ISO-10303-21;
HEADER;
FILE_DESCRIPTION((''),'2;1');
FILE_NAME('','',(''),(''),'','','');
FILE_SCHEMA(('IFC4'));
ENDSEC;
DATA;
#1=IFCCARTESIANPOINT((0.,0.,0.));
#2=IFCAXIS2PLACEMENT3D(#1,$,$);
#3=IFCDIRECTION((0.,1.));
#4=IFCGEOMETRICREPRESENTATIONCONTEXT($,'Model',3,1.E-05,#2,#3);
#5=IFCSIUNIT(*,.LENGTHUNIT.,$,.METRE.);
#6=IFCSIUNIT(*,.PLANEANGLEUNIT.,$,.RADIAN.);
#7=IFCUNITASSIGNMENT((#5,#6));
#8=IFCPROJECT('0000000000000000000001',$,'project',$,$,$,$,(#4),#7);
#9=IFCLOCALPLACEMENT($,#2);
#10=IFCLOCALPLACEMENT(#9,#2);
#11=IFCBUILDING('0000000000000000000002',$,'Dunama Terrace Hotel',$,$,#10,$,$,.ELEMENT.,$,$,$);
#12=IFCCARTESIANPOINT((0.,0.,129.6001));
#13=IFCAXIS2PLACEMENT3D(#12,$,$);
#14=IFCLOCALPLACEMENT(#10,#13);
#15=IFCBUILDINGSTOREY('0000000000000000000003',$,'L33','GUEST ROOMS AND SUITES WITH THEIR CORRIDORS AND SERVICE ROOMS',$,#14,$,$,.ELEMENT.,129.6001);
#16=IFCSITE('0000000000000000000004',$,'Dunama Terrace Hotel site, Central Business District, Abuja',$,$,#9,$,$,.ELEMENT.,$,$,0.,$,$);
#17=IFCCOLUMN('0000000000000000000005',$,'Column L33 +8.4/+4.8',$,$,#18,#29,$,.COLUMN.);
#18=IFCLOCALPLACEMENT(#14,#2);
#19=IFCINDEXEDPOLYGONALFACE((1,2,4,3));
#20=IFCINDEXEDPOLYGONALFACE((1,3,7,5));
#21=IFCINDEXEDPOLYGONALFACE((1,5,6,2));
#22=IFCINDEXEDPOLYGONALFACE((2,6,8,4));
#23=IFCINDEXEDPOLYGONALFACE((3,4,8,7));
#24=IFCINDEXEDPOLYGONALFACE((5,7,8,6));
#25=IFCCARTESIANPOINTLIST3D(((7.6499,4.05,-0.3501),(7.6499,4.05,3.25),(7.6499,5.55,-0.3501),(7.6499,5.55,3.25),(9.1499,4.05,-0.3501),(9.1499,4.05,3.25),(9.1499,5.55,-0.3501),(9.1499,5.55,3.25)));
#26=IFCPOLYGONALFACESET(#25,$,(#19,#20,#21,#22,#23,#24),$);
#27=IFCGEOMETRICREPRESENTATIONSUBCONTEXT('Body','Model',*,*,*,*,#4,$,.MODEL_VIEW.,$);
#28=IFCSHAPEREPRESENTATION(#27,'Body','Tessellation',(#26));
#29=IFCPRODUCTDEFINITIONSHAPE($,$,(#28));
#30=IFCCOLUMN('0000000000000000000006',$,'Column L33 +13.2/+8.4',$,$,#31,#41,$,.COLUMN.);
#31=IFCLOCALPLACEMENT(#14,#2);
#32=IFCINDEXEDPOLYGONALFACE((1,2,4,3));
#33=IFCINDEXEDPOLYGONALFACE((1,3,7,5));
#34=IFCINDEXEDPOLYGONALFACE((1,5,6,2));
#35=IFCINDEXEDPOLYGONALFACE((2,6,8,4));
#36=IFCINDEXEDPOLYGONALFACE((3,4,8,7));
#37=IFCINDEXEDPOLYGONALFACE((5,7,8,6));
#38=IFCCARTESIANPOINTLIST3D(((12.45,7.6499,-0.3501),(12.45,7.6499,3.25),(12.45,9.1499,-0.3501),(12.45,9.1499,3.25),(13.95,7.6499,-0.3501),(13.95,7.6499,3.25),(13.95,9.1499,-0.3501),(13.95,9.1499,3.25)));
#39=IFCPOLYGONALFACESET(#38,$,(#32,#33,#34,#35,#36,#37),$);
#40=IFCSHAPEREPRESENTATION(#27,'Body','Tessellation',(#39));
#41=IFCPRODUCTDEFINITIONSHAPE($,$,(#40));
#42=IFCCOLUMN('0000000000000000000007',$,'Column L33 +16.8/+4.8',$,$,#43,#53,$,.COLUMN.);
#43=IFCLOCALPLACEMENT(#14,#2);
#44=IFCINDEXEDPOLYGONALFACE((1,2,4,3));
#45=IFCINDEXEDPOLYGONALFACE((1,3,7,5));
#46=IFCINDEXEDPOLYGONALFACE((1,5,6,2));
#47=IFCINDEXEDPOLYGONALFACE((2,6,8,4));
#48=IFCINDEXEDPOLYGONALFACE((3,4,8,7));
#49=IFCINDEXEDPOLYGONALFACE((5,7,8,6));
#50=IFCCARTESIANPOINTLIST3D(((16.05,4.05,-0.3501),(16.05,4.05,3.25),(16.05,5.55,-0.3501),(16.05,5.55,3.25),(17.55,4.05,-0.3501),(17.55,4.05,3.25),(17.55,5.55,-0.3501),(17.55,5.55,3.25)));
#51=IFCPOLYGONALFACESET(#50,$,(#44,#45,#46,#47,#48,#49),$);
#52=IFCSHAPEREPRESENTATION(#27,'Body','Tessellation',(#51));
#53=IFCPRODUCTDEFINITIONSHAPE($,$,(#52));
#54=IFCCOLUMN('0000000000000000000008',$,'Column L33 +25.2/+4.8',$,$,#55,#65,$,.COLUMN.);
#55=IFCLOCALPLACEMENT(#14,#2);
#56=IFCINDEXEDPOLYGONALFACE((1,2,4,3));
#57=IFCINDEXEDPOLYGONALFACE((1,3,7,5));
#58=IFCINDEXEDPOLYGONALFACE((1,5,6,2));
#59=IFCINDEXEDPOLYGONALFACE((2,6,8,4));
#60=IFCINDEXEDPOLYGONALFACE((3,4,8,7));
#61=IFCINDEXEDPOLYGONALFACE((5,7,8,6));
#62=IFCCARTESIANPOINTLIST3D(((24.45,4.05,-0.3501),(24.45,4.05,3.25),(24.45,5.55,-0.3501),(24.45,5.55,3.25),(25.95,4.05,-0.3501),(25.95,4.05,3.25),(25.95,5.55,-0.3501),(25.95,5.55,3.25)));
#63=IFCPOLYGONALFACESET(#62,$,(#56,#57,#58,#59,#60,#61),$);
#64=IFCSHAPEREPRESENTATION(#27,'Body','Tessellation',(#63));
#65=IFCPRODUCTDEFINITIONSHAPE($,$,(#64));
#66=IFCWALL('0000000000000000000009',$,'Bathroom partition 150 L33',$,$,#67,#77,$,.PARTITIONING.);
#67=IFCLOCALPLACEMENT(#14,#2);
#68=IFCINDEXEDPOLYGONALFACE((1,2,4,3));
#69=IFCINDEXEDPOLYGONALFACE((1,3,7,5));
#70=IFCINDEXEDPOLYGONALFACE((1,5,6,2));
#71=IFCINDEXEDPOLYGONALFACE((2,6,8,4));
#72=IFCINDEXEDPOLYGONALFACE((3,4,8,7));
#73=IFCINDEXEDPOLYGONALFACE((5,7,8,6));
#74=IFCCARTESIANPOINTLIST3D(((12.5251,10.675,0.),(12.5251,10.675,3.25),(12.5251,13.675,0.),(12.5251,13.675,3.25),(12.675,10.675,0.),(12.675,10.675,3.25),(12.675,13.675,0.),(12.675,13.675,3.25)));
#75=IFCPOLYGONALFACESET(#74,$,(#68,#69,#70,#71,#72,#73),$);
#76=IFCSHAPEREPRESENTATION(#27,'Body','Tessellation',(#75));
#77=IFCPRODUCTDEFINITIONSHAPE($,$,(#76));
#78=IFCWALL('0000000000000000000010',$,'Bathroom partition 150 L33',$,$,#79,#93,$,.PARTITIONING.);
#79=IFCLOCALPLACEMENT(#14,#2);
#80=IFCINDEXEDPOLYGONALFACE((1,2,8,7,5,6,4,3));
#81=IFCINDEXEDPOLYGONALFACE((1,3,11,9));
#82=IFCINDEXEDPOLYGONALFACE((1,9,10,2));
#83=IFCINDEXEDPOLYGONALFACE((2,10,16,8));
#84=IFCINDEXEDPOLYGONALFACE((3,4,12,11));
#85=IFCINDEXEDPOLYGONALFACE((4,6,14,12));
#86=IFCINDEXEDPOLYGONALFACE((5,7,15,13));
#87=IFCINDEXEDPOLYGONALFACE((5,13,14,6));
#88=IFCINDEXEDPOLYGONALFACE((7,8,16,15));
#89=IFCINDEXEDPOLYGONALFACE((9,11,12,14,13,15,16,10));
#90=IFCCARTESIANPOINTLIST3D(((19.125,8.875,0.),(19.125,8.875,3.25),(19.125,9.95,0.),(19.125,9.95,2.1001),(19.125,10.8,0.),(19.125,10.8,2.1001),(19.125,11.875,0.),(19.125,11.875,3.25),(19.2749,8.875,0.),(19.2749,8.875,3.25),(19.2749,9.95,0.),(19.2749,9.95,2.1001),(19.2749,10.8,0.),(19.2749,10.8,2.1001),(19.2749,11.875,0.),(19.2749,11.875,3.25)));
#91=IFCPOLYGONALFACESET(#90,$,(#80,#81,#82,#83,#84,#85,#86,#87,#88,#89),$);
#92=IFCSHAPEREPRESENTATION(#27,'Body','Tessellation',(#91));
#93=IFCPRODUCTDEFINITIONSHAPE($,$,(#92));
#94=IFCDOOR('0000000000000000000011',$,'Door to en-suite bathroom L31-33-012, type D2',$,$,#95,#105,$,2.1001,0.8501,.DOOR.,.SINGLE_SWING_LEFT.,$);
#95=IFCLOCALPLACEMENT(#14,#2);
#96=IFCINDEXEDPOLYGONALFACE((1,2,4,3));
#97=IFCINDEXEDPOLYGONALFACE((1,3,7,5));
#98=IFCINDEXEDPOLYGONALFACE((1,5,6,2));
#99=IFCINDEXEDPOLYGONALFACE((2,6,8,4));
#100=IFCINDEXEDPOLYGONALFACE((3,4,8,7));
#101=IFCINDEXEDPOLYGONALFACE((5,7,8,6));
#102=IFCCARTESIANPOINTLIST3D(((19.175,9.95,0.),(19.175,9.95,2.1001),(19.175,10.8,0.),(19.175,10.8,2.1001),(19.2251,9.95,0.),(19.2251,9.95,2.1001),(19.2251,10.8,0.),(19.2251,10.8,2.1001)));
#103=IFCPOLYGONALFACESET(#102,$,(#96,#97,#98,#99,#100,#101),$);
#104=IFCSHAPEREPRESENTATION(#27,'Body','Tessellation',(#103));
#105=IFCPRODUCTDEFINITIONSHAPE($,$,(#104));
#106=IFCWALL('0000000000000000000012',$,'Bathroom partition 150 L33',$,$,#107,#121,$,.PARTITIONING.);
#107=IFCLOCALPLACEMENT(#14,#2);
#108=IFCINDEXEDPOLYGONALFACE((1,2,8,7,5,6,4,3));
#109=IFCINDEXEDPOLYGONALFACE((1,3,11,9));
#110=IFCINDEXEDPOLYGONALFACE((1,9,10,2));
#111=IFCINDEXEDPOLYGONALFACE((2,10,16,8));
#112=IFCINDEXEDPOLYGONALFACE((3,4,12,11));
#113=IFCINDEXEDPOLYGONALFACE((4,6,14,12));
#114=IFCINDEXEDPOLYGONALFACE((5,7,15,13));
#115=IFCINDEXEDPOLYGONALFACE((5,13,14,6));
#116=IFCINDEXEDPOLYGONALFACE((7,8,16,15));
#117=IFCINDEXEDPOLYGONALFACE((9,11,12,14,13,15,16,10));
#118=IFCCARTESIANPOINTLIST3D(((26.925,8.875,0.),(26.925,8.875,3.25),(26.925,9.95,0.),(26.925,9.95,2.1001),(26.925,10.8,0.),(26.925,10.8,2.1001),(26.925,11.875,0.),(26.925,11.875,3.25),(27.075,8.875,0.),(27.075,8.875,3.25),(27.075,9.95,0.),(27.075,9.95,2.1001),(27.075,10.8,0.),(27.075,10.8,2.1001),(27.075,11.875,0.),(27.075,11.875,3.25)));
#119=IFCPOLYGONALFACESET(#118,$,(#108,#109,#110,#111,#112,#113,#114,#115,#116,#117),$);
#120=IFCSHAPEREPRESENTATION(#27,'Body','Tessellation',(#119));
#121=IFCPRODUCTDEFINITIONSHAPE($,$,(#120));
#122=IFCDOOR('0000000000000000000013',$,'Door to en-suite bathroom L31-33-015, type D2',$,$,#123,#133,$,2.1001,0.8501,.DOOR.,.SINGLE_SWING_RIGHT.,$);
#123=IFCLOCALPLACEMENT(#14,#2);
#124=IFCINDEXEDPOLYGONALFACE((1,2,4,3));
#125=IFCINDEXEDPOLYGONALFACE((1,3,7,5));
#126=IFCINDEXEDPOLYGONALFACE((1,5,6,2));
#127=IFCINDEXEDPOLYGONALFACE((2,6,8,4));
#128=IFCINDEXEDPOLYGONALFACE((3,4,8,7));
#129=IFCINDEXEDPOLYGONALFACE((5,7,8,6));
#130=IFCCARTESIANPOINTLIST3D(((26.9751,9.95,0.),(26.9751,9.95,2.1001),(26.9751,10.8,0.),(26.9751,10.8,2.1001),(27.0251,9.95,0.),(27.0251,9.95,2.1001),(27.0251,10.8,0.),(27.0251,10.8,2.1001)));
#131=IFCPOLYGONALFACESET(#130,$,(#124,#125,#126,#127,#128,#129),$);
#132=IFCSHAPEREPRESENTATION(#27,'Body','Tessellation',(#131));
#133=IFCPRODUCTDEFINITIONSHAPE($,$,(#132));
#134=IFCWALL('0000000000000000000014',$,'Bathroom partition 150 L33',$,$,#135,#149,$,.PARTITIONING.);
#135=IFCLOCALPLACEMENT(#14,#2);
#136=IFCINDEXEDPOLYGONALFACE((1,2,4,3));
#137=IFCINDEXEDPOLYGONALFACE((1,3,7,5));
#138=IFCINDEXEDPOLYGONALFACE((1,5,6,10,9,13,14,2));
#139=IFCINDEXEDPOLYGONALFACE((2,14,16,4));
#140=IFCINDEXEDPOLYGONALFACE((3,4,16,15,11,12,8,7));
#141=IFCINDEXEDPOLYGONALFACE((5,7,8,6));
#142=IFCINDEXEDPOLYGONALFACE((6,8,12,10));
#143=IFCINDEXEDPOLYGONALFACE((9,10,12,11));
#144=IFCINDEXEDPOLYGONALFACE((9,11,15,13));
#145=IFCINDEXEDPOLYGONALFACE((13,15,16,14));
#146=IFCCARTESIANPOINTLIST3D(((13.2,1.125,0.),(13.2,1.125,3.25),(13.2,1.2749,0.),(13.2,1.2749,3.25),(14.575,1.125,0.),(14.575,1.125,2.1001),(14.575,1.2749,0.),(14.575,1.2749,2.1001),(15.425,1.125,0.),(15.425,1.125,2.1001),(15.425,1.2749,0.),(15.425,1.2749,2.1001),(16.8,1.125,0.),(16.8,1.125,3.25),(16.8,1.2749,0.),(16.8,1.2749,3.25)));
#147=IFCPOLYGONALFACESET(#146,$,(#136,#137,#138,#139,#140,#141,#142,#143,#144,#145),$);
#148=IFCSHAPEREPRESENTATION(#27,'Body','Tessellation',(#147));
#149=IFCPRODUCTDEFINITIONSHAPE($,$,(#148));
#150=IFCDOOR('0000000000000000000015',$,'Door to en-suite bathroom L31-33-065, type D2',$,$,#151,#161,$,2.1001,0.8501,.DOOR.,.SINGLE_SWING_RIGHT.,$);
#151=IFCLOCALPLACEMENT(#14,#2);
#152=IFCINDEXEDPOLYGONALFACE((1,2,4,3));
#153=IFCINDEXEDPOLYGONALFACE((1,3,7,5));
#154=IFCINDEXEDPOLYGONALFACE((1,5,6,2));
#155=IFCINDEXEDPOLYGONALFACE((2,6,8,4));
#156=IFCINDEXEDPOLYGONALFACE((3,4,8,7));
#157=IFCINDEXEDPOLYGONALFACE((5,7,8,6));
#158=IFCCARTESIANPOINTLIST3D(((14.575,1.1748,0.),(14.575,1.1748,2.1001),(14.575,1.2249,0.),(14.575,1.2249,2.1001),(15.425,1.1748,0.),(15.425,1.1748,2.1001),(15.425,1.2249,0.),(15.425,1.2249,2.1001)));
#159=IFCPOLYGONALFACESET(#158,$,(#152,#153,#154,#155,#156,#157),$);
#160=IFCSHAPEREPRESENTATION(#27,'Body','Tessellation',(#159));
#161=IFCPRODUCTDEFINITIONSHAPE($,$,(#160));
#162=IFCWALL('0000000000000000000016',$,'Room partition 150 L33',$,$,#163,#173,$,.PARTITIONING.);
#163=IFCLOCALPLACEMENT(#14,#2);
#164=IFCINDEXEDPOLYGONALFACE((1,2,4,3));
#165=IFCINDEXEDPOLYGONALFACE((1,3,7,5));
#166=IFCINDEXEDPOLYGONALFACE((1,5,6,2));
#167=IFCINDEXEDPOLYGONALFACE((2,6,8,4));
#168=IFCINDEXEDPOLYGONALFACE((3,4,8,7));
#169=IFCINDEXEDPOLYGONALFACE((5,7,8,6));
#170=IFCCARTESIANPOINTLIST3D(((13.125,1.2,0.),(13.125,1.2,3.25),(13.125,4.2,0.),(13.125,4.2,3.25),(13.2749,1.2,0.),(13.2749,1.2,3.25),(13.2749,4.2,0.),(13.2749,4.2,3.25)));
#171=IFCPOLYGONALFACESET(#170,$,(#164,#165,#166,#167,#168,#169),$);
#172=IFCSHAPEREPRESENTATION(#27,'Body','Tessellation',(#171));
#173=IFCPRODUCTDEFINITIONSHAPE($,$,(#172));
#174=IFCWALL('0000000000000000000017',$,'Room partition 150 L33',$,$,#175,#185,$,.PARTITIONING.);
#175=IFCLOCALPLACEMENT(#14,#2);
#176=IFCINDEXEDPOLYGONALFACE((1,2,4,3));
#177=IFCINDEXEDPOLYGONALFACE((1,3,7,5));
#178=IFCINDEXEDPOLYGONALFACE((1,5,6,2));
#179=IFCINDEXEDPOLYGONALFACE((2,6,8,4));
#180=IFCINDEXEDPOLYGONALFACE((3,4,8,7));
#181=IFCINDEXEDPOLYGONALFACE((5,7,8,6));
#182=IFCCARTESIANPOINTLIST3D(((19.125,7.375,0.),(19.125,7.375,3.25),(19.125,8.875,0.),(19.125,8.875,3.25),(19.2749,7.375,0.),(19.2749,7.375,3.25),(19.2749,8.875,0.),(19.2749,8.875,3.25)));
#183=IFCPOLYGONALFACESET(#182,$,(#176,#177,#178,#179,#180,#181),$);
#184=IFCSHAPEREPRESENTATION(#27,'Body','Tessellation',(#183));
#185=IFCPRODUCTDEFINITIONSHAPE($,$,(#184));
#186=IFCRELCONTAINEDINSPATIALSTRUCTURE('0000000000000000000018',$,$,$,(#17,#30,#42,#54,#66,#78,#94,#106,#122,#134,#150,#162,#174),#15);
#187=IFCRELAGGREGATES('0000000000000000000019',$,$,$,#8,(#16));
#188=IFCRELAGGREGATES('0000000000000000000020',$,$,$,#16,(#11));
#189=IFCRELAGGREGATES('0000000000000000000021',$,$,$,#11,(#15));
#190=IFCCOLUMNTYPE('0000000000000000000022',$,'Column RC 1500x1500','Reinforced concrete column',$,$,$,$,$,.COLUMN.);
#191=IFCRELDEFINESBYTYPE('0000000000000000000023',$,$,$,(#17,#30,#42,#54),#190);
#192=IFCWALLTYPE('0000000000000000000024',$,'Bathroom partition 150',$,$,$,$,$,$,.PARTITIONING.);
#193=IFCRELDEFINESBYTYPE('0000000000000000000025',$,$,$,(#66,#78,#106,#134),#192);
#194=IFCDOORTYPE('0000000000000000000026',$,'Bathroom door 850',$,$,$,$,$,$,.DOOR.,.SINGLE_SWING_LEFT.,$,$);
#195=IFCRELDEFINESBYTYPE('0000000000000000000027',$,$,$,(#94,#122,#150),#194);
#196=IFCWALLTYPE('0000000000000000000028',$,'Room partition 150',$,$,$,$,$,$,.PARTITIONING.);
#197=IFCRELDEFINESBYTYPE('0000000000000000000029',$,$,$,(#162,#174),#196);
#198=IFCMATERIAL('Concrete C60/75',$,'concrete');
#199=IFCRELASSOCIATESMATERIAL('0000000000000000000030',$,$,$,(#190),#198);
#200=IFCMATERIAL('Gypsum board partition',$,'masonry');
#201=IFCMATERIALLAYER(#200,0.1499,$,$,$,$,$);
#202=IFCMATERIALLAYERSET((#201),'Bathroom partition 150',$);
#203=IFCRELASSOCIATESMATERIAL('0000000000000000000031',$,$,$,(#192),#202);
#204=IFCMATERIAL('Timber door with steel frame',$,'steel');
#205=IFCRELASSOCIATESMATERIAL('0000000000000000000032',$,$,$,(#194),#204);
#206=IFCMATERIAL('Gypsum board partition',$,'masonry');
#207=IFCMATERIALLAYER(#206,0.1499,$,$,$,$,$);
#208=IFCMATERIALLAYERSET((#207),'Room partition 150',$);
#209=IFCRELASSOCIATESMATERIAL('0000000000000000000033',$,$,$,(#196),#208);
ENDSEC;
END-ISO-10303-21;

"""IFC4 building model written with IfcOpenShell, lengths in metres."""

from ifc_helpers import new_model, si_unit, direction, frame, frame_2d, origin, origin_2d, place, context, subcontext, project, spatial, rectangle, extrude, material, layer, layer_set, material_profile, profile_set, type_object, element, fill, save


model = new_model("IFC4")

# Units and contexts
model_context = context("Model", 3, precision=1e-05, world=origin(), true_north=direction((0.0, 1.0)))
body_context = subcontext(model_context, "Body", "Model", "MODEL_VIEW")
ifc_project = project(units=[si_unit("LENGTHUNIT", "METRE"), si_unit("PLANEANGLEUNIT", "RADIAN")], contexts=[model_context])

# Site, building, storey
site_placement = place(None, origin())
site = spatial("IfcSite", under=ifc_project, at=site_placement, Name="Dunama Terrace Hotel site, Central Business District, Abuja", CompositionType="ELEMENT", RefElevation=0.0)
building_placement = place(site_placement, origin())
building = spatial("IfcBuilding", under=site, at=building_placement, Name="Dunama Terrace Hotel", CompositionType="ELEMENT")
storey_placement = place(building_placement, frame((0.0, 0.0, 129.6001)))
storey = spatial("IfcBuildingStorey", under=building, at=storey_placement, Name="L33", Description="GUEST ROOMS AND SUITES WITH THEIR CORRIDORS AND SERVICE ROOMS", CompositionType="ELEMENT", Elevation=129.6001)

# Columns
ifc_material_1 = material(Name="Concrete C60/75", Category="concrete")
ifc_material_profile = material_profile(ifc_material_1, rectangle(XDim=1.5, YDim=1.5, at=origin_2d()), Name="RC 1500x1500")
ifc_profile_set = profile_set([ifc_material_profile], Name="Concrete C60/75")
column_type = type_object("IfcColumnType", Name="Column RC 1500x1500", Description="Reinforced concrete column", PredefinedType="COLUMN", material=ifc_profile_set)
for number, where, z_axis, x_axis, name in (
    (1, (8.3999, 4.8, -0.3501), (0.0, 0.0, 1.0), (1.0, 0.0, 0.0), "Column L33 +8.4/+4.8"),
    (2, (13.2, 8.3999, -0.3501), (0.0, 0.0, 1.0), (1.0, 0.0, 0.0), "Column L33 +13.2/+8.4"),
    (3, (16.8, 4.8, -0.3501), (0.0, 0.0, 1.0), (1.0, 0.0, 0.0), "Column L33 +16.8/+4.8"),
    (4, (25.2, 4.8, -0.3501), (0.0, 0.0, 1.0), (1.0, 0.0, 0.0), "Column L33 +25.2/+4.8"),
):
    element("IfcColumn", number, at=place(storey_placement, frame(where, z_axis=z_axis, x_axis=x_axis)), inside=storey, type_object=column_type, Name=name, PredefinedType="COLUMN", context=body_context, shape_type="SweptSolid", body=[
        extrude(rectangle(XDim=1.5, YDim=1.5, at=origin_2d()), origin(), (0.0, 0.0, 1.0), 3.6001),
    ])

# Wall
ifc_material_2 = material(Name="Gypsum board partition", Category="masonry")
ifc_layer_1 = layer(ifc_material_2, 0.1499)
ifc_layer_set_1 = layer_set([ifc_layer_1], Name="Bathroom partition 150")
wall_type_1 = type_object("IfcWallType", Name="Bathroom partition 150", PredefinedType="PARTITIONING", material=ifc_layer_set_1)
wall_1_placement = place(storey_placement, frame((12.6001, 10.675, 0.0), z_axis=(0.0, 0.0, 1.0), x_axis=(0.0, 1.0, 0.0)))
element("IfcWall", 5, at=wall_1_placement, inside=storey, type_object=wall_type_1, Name="Bathroom partition 150 L33", PredefinedType="PARTITIONING", context=body_context, shape_type="SweptSolid", body=[
    extrude(rectangle(XDim=3.0, YDim=0.1499, at=frame_2d((1.5, 0.0))), origin(), (0.0, 0.0, 1.0), 3.25),
])

# Walls, openings, doors
wall_2_placement = place(storey_placement, frame((19.2, 8.875, 0.0), z_axis=(0.0, 0.0, 1.0), x_axis=(0.0, 1.0, 0.0)))
wall_2 = element("IfcWall", 6, at=wall_2_placement, inside=storey, type_object=wall_type_1, Name="Bathroom partition 150 L33", PredefinedType="PARTITIONING", context=body_context, shape_type="SweptSolid", body=[
    extrude(rectangle(XDim=3.0, YDim=0.1499, at=frame_2d((1.5, 0.0))), origin(), (0.0, 0.0, 1.0), 3.25),
])
opening_1_placement = place(wall_2_placement, frame((1.075, 0.0, 0.0)))
opening_1 = element("IfcOpeningElement", 7, at=opening_1_placement, cuts=wall_2, PredefinedType="OPENING", context=body_context, shape_type="SweptSolid", body=[
    extrude(rectangle(XDim=0.8501, YDim=2.1001, at=frame_2d((0.425, 1.05))), frame((0.0, 0.085, 0.0), z_axis=(0.0, -1.0, 0.0), x_axis=(1.0, 0.0, 0.0)), (0.0, 0.0, 1.0), 0.1699),
])
ifc_material_3 = material(Name="Timber door with steel frame", Category="steel")
door_type_1 = type_object("IfcDoorType", Name="Bathroom door 850", OperationType="SINGLE_SWING_LEFT", PredefinedType="DOOR", material=ifc_material_3)
door_1_placement = place(opening_1_placement, origin())
door_1 = element("IfcDoor", 8, at=door_1_placement, inside=storey, type_object=door_type_1, Name="Door to en-suite bathroom L31-33-012, type D2", OperationType="SINGLE_SWING_LEFT", OverallHeight=2.1001, OverallWidth=0.8501, PredefinedType="DOOR", context=body_context, shape_type="SweptSolid", body=[
    extrude(rectangle(XDim=0.8501, YDim=2.1001, at=frame_2d((0.425, 1.05))), frame((0.0, 0.0249, 0.0), z_axis=(0.0, -1.0, 0.0), x_axis=(1.0, 0.0, 0.0)), (0.0, 0.0, 1.0), 0.05),
])
fill(opening_1, door_1)
wall_3_placement = place(storey_placement, frame((27.0, 8.875, 0.0), z_axis=(0.0, 0.0, 1.0), x_axis=(0.0, 1.0, 0.0)))
wall_3 = element("IfcWall", 9, at=wall_3_placement, inside=storey, type_object=wall_type_1, Name="Bathroom partition 150 L33", PredefinedType="PARTITIONING", context=body_context, shape_type="SweptSolid", body=[
    extrude(rectangle(XDim=3.0, YDim=0.1499, at=frame_2d((1.5, 0.0))), origin(), (0.0, 0.0, 1.0), 3.25),
])
opening_2_placement = place(wall_3_placement, frame((1.075, 0.0, 0.0)))
opening_2 = element("IfcOpeningElement", 10, at=opening_2_placement, cuts=wall_3, PredefinedType="OPENING", context=body_context, shape_type="SweptSolid", body=[
    extrude(rectangle(XDim=0.8501, YDim=2.1001, at=frame_2d((0.425, 1.05))), frame((0.0, 0.085, 0.0), z_axis=(0.0, -1.0, 0.0), x_axis=(1.0, 0.0, 0.0)), (0.0, 0.0, 1.0), 0.1699),
])
door_2_placement = place(opening_2_placement, frame((0.8501, 0.0, 0.0), z_axis=(0.0, 0.0, 1.0), x_axis=(-1.0, 0.0, 0.0)))
door_2 = element("IfcDoor", 11, at=door_2_placement, inside=storey, type_object=door_type_1, Name="Door to en-suite bathroom L31-33-015, type D2", OperationType="SINGLE_SWING_RIGHT", OverallHeight=2.1001, OverallWidth=0.8501, PredefinedType="DOOR", context=body_context, shape_type="SweptSolid", body=[
    extrude(rectangle(XDim=0.8501, YDim=2.1001, at=frame_2d((0.425, 1.05))), frame((0.0, 0.0251, 0.0), z_axis=(0.0, -1.0, 0.0), x_axis=(1.0, 0.0, 0.0)), (0.0, 0.0, 1.0), 0.05),
])
fill(opening_2, door_2)
wall_4_placement = place(storey_placement, frame((13.2, 1.2, 0.0), z_axis=(0.0, 0.0, 1.0), x_axis=(1.0, 0.0, 0.0)))
wall_4 = element("IfcWall", 12, at=wall_4_placement, inside=storey, type_object=wall_type_1, Name="Bathroom partition 150 L33", PredefinedType="PARTITIONING", context=body_context, shape_type="SweptSolid", body=[
    extrude(rectangle(XDim=3.6001, YDim=0.1499, at=frame_2d((1.8, 0.0))), origin(), (0.0, 0.0, 1.0), 3.25),
])
opening_3_placement = place(wall_4_placement, frame((1.375, 0.0, 0.0)))
opening_3 = element("IfcOpeningElement", 13, at=opening_3_placement, cuts=wall_4, PredefinedType="OPENING", context=body_context, shape_type="SweptSolid", body=[
    extrude(rectangle(XDim=0.8501, YDim=2.1001, at=frame_2d((0.425, 1.05))), frame((0.0, 0.085, 0.0), z_axis=(0.0, -1.0, 0.0), x_axis=(1.0, 0.0, 0.0)), (0.0, 0.0, 1.0), 0.1699),
])
door_3_placement = place(opening_3_placement, origin())
door_3 = element("IfcDoor", 14, at=door_3_placement, inside=storey, type_object=door_type_1, Name="Door to en-suite bathroom L31-33-065, type D2", OperationType="SINGLE_SWING_RIGHT", OverallHeight=2.1001, OverallWidth=0.8501, PredefinedType="DOOR", context=body_context, shape_type="SweptSolid", body=[
    extrude(rectangle(XDim=0.8501, YDim=2.1001, at=frame_2d((0.425, 1.05))), frame((0.0, 0.0249, 0.0), z_axis=(0.0, -1.0, 0.0), x_axis=(1.0, 0.0, 0.0)), (0.0, 0.0, 1.0), 0.05),
])
fill(opening_3, door_3)

# Walls
ifc_material_4 = material(Name="Gypsum board partition", Category="masonry")
ifc_layer_2 = layer(ifc_material_4, 0.1499)
ifc_layer_set_2 = layer_set([ifc_layer_2], Name="Room partition 150")
wall_type_2 = type_object("IfcWallType", Name="Room partition 150", PredefinedType="PARTITIONING", material=ifc_layer_set_2)
wall_5_placement = place(storey_placement, frame((13.2, 1.2, 0.0), z_axis=(0.0, 0.0, 1.0), x_axis=(0.0, 1.0, 0.0)))
element("IfcWall", 15, at=wall_5_placement, inside=storey, type_object=wall_type_2, Name="Room partition 150 L33", PredefinedType="PARTITIONING", context=body_context, shape_type="SweptSolid", body=[
    extrude(rectangle(XDim=3.0, YDim=0.1499, at=frame_2d((1.5, 0.0))), origin(), (0.0, 0.0, 1.0), 3.25),
])
for number, where, z_axis, x_axis, name in (
    (16, (19.2, 7.375, 0.0), (0.0, 0.0, 1.0), (0.0, 1.0, 0.0), "Room partition 150 L33"),
):
    element("IfcWall", number, at=place(storey_placement, frame(where, z_axis=z_axis, x_axis=x_axis)), inside=storey, type_object=wall_type_2, Name=name, PredefinedType="PARTITIONING", context=body_context, shape_type="SweptSolid", body=[
        extrude(rectangle(XDim=1.5, YDim=0.1499, at=frame_2d((0.75, 0.0))), origin(), (0.0, 0.0, 1.0), 3.25),
    ])

save(model, "model.ifc")
